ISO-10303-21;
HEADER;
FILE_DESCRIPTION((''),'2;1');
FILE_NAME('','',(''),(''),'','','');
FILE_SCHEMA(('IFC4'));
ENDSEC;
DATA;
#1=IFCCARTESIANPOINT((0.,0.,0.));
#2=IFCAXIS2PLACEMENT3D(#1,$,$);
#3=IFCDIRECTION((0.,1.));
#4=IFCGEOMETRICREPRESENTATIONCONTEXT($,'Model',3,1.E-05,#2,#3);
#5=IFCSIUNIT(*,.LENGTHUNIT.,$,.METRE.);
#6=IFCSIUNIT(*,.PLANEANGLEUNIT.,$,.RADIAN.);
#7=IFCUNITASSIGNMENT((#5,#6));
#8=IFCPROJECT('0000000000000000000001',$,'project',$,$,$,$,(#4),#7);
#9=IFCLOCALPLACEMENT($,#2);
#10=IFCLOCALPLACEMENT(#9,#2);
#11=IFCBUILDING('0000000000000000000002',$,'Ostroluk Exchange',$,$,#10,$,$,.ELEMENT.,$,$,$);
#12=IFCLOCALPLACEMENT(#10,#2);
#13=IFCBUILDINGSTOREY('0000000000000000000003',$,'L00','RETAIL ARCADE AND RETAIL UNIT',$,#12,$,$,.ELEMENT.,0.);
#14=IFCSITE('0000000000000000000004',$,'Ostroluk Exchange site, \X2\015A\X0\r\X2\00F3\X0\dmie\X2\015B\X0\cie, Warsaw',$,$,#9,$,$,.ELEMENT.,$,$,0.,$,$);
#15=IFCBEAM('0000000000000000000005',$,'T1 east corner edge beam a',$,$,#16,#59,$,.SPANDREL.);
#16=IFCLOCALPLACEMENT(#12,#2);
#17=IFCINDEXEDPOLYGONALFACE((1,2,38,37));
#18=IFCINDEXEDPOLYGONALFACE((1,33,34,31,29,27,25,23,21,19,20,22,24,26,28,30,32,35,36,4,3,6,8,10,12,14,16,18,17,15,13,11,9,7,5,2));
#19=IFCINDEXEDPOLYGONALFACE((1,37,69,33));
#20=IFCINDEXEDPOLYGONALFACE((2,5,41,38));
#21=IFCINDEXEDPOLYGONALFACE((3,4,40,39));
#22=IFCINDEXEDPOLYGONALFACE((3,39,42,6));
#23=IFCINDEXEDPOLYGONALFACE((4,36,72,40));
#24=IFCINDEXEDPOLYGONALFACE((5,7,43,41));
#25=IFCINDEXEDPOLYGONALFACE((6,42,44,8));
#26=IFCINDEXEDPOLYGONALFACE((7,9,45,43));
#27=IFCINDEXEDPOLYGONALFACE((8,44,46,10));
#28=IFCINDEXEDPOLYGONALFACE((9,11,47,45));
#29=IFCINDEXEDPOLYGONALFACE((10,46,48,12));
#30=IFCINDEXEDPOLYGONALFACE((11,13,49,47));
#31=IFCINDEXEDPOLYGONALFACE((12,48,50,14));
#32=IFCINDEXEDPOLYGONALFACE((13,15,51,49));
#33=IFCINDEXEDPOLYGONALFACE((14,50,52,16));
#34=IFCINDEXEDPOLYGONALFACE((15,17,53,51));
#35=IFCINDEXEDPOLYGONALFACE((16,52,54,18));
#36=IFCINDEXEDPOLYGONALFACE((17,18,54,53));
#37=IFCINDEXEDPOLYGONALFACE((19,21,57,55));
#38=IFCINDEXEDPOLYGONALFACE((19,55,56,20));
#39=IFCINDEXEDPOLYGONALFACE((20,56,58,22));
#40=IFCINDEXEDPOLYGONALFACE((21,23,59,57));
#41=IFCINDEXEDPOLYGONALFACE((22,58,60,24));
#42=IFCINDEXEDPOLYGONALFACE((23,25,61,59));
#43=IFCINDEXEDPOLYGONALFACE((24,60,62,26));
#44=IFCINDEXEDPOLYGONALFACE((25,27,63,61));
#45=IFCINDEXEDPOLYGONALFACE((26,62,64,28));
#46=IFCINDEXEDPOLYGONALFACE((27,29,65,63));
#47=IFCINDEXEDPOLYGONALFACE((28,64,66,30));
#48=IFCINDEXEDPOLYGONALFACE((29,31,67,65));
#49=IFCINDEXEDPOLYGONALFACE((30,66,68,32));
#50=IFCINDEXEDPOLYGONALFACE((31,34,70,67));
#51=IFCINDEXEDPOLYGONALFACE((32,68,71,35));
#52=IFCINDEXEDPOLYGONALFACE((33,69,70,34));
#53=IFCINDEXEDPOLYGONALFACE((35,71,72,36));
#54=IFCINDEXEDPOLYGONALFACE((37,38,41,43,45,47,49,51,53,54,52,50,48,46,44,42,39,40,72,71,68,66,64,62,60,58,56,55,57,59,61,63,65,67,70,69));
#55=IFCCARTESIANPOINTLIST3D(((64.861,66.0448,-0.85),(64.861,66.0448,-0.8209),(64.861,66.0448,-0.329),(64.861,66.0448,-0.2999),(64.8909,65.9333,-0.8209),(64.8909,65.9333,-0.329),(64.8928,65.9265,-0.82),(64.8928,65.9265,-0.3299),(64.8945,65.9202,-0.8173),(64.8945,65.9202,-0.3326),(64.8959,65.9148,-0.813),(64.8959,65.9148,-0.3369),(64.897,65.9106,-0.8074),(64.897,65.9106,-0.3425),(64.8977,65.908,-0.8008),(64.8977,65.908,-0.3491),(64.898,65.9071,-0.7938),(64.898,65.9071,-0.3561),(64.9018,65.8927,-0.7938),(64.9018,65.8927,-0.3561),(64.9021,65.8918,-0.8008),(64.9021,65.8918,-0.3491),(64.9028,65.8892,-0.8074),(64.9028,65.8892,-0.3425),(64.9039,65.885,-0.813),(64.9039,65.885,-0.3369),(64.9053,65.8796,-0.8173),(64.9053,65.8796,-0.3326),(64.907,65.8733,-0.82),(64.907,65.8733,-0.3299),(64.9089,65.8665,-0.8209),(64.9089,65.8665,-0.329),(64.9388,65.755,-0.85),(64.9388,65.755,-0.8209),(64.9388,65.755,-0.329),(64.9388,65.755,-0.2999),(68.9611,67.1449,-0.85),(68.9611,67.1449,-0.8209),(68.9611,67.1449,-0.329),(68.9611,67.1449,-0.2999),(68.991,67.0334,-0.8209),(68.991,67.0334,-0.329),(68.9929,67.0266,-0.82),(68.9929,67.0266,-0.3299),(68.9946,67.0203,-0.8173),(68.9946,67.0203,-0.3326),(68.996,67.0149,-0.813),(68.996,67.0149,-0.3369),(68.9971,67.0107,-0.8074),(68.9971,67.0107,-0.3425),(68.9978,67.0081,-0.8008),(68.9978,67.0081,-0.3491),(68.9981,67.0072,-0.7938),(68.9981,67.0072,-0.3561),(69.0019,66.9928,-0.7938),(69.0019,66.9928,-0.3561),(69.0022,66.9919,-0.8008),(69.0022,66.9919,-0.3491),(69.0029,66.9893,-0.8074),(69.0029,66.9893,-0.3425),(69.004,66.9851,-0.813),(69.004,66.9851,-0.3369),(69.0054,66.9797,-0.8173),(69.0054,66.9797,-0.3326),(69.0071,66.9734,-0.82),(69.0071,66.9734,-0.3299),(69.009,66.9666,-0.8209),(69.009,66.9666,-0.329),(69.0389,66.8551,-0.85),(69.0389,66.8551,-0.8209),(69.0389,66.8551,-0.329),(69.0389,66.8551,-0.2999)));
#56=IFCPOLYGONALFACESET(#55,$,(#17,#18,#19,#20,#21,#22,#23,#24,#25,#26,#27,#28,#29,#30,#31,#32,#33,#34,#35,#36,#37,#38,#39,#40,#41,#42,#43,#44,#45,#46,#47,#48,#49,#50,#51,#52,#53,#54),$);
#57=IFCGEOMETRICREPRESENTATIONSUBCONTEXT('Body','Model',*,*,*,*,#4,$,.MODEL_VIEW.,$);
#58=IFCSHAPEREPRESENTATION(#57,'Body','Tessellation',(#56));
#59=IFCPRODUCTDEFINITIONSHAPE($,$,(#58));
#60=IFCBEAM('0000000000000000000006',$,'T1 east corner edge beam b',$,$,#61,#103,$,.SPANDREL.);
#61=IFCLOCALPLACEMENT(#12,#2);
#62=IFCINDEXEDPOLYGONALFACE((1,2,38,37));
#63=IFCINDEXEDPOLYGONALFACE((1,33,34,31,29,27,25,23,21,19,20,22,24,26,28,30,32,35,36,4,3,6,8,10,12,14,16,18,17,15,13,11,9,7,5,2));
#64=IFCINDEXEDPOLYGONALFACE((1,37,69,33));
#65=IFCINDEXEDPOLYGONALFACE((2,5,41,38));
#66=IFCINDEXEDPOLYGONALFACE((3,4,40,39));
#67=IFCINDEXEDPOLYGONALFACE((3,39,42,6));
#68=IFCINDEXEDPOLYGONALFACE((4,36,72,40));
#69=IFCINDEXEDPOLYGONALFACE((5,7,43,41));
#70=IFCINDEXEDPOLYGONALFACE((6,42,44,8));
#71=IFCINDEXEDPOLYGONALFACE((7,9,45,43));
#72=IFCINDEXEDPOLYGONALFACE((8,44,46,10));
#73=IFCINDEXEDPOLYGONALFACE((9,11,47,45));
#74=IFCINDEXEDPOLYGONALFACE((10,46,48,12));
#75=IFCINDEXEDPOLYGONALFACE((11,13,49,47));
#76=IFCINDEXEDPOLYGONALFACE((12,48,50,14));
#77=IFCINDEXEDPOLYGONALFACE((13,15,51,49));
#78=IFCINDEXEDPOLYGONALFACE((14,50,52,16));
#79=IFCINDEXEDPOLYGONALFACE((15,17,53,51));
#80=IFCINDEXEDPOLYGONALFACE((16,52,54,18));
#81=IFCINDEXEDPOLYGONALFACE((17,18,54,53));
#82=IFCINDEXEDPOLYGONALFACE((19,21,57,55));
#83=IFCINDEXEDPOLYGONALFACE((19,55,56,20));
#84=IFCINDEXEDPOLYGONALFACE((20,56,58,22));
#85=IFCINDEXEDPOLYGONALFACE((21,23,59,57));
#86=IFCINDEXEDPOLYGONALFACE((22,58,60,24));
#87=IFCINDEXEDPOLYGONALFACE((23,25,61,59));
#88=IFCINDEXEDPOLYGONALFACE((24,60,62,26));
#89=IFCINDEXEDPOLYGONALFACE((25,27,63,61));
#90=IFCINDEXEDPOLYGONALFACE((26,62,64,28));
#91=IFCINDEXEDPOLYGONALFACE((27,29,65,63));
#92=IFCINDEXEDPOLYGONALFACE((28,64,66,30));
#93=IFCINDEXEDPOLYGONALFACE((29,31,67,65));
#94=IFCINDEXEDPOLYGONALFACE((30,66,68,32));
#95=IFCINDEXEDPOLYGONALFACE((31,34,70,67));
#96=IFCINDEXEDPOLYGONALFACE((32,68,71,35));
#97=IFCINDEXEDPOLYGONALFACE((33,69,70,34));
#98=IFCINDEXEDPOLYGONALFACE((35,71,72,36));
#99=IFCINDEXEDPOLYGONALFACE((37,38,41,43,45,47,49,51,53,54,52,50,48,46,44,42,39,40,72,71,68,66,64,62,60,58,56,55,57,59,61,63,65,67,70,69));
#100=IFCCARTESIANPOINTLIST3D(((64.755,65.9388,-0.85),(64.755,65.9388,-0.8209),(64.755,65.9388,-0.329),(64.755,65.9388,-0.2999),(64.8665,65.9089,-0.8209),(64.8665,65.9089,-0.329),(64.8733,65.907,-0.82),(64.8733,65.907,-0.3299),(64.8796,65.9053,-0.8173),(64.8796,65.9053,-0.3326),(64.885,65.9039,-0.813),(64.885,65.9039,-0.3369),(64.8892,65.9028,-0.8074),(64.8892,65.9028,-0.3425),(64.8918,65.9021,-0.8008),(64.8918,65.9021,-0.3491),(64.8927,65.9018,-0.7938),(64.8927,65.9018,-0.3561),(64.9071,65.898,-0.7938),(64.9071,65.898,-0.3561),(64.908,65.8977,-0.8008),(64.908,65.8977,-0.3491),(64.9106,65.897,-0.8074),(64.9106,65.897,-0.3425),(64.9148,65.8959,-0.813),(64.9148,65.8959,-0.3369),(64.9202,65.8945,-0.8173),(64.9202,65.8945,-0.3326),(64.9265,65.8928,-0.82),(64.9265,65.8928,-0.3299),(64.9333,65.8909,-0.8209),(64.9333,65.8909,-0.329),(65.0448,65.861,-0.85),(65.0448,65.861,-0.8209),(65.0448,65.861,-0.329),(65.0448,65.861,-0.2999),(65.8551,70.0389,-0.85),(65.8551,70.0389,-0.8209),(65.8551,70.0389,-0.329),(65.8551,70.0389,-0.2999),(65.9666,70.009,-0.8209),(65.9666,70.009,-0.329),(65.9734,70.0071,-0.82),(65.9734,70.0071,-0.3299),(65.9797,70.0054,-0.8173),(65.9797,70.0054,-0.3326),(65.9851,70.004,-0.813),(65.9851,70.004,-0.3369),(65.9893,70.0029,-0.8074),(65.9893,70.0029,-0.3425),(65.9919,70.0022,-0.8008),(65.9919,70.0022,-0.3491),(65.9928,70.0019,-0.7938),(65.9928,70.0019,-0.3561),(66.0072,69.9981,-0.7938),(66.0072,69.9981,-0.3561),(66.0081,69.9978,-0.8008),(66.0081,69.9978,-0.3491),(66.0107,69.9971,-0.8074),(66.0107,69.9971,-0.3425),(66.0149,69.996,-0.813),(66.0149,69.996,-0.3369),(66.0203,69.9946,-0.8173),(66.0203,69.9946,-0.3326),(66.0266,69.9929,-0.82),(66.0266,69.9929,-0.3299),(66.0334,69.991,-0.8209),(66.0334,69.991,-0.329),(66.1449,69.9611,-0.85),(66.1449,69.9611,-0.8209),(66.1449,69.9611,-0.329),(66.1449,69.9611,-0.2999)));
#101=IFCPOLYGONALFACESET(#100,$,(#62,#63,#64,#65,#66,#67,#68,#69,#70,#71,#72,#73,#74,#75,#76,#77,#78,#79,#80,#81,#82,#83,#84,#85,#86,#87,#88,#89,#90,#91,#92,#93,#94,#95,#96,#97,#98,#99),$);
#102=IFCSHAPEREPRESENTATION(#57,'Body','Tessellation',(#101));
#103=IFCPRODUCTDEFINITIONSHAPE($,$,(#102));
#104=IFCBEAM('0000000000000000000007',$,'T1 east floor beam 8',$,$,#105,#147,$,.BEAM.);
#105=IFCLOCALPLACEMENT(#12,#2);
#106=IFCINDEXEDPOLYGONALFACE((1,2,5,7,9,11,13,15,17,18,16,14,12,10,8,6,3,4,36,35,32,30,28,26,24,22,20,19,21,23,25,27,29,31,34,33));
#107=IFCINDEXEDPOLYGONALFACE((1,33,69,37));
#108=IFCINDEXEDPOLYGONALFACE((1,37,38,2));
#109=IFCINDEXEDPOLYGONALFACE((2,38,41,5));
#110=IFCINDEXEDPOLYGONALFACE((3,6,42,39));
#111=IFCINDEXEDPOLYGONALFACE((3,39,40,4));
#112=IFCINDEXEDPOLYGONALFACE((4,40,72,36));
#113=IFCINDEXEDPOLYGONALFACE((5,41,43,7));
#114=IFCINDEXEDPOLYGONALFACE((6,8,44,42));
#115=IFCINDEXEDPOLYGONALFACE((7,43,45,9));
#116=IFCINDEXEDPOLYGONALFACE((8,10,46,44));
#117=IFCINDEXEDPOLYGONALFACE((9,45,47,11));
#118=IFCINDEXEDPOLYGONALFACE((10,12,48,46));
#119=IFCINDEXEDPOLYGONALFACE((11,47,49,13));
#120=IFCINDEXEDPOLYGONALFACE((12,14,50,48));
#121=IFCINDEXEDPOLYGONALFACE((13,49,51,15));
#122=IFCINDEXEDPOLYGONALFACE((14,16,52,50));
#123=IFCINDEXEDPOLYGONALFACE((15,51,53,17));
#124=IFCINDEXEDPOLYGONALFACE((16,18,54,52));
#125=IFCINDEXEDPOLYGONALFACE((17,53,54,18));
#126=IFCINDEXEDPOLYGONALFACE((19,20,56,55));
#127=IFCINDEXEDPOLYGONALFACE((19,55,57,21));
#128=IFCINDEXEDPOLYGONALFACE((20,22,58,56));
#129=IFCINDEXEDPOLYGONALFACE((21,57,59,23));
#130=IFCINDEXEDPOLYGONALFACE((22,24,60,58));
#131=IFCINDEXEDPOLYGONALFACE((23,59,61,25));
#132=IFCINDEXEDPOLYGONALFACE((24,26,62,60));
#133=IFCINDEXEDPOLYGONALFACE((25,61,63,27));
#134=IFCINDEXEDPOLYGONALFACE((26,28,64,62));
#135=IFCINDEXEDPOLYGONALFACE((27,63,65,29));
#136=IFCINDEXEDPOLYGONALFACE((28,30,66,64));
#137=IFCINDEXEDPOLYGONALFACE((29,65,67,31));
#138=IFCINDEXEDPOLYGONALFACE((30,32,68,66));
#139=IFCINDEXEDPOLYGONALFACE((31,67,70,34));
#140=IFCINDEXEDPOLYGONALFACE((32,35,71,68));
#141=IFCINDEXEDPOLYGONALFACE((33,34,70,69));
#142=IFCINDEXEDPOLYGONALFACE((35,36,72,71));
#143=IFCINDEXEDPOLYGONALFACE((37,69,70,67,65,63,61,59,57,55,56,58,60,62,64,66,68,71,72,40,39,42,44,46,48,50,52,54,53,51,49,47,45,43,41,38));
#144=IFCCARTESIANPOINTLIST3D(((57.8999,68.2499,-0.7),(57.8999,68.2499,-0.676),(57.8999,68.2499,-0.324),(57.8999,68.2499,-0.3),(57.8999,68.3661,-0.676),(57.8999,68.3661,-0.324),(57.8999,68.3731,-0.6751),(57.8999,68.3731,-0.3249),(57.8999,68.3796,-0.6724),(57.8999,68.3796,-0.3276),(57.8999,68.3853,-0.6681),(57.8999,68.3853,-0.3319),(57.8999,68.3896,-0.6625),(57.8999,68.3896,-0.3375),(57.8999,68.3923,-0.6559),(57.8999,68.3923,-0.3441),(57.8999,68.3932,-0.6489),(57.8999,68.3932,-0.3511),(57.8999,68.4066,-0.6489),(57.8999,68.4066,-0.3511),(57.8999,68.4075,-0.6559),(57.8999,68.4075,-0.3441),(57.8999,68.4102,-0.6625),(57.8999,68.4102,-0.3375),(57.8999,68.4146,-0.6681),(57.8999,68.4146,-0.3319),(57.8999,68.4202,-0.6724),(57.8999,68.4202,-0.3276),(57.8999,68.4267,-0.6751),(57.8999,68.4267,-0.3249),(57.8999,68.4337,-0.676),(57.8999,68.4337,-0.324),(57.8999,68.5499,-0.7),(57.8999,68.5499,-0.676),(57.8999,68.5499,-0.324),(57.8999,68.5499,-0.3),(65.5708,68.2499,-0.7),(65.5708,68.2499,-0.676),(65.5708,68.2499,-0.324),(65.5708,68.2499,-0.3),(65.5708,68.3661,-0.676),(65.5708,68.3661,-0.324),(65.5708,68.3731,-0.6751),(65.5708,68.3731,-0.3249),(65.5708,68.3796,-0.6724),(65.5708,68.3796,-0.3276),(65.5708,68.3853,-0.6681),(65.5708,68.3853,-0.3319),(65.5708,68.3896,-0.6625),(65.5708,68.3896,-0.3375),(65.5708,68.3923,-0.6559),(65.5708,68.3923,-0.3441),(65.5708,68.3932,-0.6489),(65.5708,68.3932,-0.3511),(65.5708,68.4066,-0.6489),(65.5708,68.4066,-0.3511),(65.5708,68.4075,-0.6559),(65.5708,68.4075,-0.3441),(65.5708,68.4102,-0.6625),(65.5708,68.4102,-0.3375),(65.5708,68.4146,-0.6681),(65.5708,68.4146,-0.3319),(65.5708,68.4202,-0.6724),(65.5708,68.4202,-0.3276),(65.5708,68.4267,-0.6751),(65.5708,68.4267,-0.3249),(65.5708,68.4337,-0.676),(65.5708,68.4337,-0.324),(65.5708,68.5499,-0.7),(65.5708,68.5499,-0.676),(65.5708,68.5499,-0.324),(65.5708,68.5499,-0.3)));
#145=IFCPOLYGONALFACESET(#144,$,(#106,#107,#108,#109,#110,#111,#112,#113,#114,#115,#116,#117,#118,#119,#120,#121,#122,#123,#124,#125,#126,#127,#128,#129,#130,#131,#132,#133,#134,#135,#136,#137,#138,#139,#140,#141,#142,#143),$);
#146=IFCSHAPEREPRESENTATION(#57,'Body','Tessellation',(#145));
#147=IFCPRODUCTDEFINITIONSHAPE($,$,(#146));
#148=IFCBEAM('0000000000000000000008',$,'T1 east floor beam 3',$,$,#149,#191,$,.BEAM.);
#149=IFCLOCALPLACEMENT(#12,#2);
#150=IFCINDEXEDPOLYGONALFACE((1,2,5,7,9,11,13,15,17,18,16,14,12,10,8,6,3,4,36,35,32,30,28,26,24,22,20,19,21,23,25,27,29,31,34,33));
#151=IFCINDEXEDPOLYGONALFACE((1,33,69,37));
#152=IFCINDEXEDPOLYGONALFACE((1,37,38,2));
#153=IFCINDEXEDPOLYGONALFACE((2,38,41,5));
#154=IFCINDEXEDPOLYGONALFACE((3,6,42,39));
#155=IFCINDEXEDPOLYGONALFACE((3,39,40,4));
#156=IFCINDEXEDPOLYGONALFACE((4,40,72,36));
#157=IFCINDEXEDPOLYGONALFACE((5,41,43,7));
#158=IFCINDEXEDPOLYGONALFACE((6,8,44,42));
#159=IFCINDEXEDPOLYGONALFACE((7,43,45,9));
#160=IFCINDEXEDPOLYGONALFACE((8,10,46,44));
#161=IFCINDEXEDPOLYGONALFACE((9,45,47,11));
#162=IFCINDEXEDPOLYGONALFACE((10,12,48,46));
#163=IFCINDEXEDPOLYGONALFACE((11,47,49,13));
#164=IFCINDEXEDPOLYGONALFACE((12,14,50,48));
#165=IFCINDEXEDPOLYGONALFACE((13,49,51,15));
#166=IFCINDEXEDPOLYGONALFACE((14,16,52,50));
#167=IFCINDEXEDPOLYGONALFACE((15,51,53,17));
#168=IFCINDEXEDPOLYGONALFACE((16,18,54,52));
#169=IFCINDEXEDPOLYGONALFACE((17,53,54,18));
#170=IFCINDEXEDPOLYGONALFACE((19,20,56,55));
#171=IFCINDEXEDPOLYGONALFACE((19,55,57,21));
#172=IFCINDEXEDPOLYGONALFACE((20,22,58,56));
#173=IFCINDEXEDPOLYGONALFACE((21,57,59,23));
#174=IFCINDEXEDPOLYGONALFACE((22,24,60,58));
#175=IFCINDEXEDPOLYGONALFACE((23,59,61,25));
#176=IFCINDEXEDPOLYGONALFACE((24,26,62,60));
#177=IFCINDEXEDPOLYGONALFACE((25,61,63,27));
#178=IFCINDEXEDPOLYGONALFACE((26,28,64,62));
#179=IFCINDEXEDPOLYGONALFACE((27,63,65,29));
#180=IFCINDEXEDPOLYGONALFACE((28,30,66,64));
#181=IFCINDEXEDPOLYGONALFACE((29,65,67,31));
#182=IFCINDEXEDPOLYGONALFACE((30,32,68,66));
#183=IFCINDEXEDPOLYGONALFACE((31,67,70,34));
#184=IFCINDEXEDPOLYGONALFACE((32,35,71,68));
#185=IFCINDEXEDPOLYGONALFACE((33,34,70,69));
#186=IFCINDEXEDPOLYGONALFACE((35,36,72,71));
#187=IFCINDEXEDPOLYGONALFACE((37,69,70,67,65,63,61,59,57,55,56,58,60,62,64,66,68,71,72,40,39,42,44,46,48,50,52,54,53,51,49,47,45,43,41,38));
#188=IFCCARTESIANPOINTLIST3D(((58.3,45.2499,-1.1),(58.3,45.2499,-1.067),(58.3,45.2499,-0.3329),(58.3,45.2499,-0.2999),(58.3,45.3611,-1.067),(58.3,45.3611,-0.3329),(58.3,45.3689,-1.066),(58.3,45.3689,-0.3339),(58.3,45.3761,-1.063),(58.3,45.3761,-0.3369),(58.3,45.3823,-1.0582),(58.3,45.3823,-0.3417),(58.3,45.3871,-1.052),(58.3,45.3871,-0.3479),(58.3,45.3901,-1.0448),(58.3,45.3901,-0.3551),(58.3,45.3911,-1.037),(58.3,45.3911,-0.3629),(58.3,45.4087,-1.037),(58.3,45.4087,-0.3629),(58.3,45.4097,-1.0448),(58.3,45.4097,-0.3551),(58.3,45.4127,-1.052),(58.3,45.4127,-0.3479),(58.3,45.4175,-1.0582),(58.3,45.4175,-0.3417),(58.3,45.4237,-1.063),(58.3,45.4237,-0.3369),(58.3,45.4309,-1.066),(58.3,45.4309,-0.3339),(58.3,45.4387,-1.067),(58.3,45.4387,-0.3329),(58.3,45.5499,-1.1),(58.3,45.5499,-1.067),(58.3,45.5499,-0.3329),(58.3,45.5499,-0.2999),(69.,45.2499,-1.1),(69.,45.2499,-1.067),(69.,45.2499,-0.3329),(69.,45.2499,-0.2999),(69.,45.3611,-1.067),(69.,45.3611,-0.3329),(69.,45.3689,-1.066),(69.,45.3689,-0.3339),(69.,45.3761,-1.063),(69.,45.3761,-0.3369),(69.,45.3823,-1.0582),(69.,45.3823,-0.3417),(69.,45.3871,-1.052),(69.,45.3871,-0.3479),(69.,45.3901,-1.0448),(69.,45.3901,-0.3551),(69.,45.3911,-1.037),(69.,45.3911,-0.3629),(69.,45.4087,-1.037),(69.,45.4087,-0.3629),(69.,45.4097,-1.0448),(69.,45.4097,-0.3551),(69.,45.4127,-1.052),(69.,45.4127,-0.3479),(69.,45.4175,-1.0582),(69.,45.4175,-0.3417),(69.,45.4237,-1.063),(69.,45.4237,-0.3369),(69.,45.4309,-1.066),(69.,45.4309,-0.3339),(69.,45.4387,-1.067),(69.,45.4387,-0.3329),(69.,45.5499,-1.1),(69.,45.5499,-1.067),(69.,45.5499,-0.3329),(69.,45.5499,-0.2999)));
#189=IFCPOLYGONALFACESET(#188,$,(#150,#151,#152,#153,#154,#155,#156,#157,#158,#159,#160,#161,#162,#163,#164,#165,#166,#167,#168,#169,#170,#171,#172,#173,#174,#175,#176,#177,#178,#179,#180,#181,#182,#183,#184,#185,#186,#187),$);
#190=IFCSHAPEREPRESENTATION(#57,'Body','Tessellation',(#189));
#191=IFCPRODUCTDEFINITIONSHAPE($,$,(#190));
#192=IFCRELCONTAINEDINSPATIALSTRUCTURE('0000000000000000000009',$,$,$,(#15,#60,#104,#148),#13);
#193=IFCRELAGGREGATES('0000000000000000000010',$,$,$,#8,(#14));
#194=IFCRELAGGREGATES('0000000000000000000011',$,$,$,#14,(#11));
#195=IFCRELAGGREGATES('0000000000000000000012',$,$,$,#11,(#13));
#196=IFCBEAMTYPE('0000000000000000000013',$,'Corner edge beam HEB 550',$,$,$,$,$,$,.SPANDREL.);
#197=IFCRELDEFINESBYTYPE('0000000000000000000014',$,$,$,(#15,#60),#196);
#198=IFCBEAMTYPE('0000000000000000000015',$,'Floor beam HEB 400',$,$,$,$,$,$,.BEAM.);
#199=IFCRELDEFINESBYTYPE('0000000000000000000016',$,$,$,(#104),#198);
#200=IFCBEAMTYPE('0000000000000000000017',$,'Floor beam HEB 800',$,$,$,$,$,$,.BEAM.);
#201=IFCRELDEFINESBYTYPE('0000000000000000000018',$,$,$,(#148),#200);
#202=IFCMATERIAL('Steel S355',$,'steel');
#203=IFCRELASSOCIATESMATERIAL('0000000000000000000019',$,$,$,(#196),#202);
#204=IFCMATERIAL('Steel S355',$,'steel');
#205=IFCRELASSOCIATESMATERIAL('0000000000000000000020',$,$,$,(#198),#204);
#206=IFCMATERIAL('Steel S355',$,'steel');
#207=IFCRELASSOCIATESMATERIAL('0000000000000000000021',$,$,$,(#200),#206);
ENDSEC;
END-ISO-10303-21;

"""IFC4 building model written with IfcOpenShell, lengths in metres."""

from ifc_helpers import new_model, si_unit, direction, frame, origin, origin_2d, place, context, subcontext, project, spatial, i_section, extrude, material, material_profile, profile_set, type_object, element, save


model = new_model("IFC4")

# Units and contexts
model_context = context("Model", 3, precision=1e-05, world=origin(), true_north=direction((0.0, 1.0)))
body_context = subcontext(model_context, "Body", "Model", "MODEL_VIEW")
ifc_project = project(units=[si_unit("LENGTHUNIT", "METRE"), si_unit("PLANEANGLEUNIT", "RADIAN")], contexts=[model_context])

# Site, building, storey
site_placement = place(None, origin())
site = spatial("IfcSite", under=ifc_project, at=site_placement, Name="Ostroluk Exchange site, Śródmieście, Warsaw", CompositionType="ELEMENT", RefElevation=0.0)
building_placement = place(site_placement, origin())
building = spatial("IfcBuilding", under=site, at=building_placement, Name="Ostroluk Exchange", CompositionType="ELEMENT")
storey_placement = place(building_placement, origin())
storey = spatial("IfcBuildingStorey", under=building, at=storey_placement, Name="L00", Description="RETAIL ARCADE AND RETAIL UNIT", CompositionType="ELEMENT", Elevation=0.0)

# Beams
ifc_material_1 = material(Name="Steel S355", Category="steel")
ifc_material_profile_1 = material_profile(ifc_material_1, i_section(OverallWidth=0.3, OverallDepth=0.55, WebThickness=0.0149, FlangeThickness=0.0291, FilletRadius=0.0271, at=origin_2d()), Name="HEB 550")
ifc_profile_set_1 = profile_set([ifc_material_profile_1], Name="Steel S355")
beam_type_1 = type_object("IfcBeamType", Name="Corner edge beam HEB 550", PredefinedType="SPANDREL", material=ifc_profile_set_1)
for number, where, z_axis, x_axis, name in (
    (1, (64.8999, 65.8999, -0.575), (0.965839, 0.259144, 0.0), (-0.259144, 0.965839, 0.0), "T1 east corner edge beam a"),
    (2, (64.8999, 65.8999, -0.575), (0.259144, 0.965839, 0.0), (-0.965839, 0.259144, 0.0), "T1 east corner edge beam b"),
):
    element("IfcBeam", number, at=place(storey_placement, frame(where, z_axis=z_axis, x_axis=x_axis)), inside=storey, type_object=beam_type_1, Name=name, PredefinedType="SPANDREL", context=body_context, shape_type="SweptSolid", body=[
        extrude(i_section(OverallWidth=0.3, OverallDepth=0.55, WebThickness=0.0149, FlangeThickness=0.0291, FilletRadius=0.0271, at=origin_2d()), origin(), (0.0, 0.0, 1.0), 4.2451),
    ])
ifc_material_2 = material(Name="Steel S355", Category="steel")
ifc_material_profile_2 = material_profile(ifc_material_2, i_section(OverallWidth=0.3, OverallDepth=0.3999, WebThickness=0.0134, FlangeThickness=0.0239, FilletRadius=0.0271, at=origin_2d()), Name="HEB 400")
ifc_profile_set_2 = profile_set([ifc_material_profile_2], Name="Steel S355")
beam_type_2 = type_object("IfcBeamType", Name="Floor beam HEB 400", PredefinedType="BEAM", material=ifc_profile_set_2)
beam_1_placement = place(storey_placement, frame((57.8999, 68.3999, -0.5), z_axis=(1.0, 0.0, 0.0), x_axis=(0.0, 1.0, 0.0)))
element("IfcBeam", 3, at=beam_1_placement, inside=storey, type_object=beam_type_2, Name="T1 east floor beam 8", PredefinedType="BEAM", context=body_context, shape_type="SweptSolid", body=[
    extrude(i_section(OverallWidth=0.3, OverallDepth=0.3999, WebThickness=0.0134, FlangeThickness=0.0239, FilletRadius=0.0271, at=origin_2d()), origin(), (0.0, 0.0, 1.0), 7.6709),
])
ifc_material_3 = material(Name="Steel S355", Category="steel")
ifc_material_profile_3 = material_profile(ifc_material_3, i_section(OverallWidth=0.3, OverallDepth=0.8, WebThickness=0.0176, FlangeThickness=0.033, FilletRadius=0.03, at=origin_2d()), Name="HEB 800")
ifc_profile_set_3 = profile_set([ifc_material_profile_3], Name="Steel S355")
beam_type_3 = type_object("IfcBeamType", Name="Floor beam HEB 800", PredefinedType="BEAM", material=ifc_profile_set_3)
for number, where, z_axis, x_axis, name in (
    (4, (58.3, 45.3999, -0.7), (1.0, 0.0, 0.0), (0.0, 1.0, 0.0), "T1 east floor beam 3"),
):
    element("IfcBeam", number, at=place(storey_placement, frame(where, z_axis=z_axis, x_axis=x_axis)), inside=storey, type_object=beam_type_3, Name=name, PredefinedType="BEAM", context=body_context, shape_type="SweptSolid", body=[
        extrude(i_section(OverallWidth=0.3, OverallDepth=0.8, WebThickness=0.0176, FlangeThickness=0.033, FilletRadius=0.03, at=origin_2d()), origin(), (0.0, 0.0, 1.0), 10.7),
    ])

save(model, "model.ifc")
